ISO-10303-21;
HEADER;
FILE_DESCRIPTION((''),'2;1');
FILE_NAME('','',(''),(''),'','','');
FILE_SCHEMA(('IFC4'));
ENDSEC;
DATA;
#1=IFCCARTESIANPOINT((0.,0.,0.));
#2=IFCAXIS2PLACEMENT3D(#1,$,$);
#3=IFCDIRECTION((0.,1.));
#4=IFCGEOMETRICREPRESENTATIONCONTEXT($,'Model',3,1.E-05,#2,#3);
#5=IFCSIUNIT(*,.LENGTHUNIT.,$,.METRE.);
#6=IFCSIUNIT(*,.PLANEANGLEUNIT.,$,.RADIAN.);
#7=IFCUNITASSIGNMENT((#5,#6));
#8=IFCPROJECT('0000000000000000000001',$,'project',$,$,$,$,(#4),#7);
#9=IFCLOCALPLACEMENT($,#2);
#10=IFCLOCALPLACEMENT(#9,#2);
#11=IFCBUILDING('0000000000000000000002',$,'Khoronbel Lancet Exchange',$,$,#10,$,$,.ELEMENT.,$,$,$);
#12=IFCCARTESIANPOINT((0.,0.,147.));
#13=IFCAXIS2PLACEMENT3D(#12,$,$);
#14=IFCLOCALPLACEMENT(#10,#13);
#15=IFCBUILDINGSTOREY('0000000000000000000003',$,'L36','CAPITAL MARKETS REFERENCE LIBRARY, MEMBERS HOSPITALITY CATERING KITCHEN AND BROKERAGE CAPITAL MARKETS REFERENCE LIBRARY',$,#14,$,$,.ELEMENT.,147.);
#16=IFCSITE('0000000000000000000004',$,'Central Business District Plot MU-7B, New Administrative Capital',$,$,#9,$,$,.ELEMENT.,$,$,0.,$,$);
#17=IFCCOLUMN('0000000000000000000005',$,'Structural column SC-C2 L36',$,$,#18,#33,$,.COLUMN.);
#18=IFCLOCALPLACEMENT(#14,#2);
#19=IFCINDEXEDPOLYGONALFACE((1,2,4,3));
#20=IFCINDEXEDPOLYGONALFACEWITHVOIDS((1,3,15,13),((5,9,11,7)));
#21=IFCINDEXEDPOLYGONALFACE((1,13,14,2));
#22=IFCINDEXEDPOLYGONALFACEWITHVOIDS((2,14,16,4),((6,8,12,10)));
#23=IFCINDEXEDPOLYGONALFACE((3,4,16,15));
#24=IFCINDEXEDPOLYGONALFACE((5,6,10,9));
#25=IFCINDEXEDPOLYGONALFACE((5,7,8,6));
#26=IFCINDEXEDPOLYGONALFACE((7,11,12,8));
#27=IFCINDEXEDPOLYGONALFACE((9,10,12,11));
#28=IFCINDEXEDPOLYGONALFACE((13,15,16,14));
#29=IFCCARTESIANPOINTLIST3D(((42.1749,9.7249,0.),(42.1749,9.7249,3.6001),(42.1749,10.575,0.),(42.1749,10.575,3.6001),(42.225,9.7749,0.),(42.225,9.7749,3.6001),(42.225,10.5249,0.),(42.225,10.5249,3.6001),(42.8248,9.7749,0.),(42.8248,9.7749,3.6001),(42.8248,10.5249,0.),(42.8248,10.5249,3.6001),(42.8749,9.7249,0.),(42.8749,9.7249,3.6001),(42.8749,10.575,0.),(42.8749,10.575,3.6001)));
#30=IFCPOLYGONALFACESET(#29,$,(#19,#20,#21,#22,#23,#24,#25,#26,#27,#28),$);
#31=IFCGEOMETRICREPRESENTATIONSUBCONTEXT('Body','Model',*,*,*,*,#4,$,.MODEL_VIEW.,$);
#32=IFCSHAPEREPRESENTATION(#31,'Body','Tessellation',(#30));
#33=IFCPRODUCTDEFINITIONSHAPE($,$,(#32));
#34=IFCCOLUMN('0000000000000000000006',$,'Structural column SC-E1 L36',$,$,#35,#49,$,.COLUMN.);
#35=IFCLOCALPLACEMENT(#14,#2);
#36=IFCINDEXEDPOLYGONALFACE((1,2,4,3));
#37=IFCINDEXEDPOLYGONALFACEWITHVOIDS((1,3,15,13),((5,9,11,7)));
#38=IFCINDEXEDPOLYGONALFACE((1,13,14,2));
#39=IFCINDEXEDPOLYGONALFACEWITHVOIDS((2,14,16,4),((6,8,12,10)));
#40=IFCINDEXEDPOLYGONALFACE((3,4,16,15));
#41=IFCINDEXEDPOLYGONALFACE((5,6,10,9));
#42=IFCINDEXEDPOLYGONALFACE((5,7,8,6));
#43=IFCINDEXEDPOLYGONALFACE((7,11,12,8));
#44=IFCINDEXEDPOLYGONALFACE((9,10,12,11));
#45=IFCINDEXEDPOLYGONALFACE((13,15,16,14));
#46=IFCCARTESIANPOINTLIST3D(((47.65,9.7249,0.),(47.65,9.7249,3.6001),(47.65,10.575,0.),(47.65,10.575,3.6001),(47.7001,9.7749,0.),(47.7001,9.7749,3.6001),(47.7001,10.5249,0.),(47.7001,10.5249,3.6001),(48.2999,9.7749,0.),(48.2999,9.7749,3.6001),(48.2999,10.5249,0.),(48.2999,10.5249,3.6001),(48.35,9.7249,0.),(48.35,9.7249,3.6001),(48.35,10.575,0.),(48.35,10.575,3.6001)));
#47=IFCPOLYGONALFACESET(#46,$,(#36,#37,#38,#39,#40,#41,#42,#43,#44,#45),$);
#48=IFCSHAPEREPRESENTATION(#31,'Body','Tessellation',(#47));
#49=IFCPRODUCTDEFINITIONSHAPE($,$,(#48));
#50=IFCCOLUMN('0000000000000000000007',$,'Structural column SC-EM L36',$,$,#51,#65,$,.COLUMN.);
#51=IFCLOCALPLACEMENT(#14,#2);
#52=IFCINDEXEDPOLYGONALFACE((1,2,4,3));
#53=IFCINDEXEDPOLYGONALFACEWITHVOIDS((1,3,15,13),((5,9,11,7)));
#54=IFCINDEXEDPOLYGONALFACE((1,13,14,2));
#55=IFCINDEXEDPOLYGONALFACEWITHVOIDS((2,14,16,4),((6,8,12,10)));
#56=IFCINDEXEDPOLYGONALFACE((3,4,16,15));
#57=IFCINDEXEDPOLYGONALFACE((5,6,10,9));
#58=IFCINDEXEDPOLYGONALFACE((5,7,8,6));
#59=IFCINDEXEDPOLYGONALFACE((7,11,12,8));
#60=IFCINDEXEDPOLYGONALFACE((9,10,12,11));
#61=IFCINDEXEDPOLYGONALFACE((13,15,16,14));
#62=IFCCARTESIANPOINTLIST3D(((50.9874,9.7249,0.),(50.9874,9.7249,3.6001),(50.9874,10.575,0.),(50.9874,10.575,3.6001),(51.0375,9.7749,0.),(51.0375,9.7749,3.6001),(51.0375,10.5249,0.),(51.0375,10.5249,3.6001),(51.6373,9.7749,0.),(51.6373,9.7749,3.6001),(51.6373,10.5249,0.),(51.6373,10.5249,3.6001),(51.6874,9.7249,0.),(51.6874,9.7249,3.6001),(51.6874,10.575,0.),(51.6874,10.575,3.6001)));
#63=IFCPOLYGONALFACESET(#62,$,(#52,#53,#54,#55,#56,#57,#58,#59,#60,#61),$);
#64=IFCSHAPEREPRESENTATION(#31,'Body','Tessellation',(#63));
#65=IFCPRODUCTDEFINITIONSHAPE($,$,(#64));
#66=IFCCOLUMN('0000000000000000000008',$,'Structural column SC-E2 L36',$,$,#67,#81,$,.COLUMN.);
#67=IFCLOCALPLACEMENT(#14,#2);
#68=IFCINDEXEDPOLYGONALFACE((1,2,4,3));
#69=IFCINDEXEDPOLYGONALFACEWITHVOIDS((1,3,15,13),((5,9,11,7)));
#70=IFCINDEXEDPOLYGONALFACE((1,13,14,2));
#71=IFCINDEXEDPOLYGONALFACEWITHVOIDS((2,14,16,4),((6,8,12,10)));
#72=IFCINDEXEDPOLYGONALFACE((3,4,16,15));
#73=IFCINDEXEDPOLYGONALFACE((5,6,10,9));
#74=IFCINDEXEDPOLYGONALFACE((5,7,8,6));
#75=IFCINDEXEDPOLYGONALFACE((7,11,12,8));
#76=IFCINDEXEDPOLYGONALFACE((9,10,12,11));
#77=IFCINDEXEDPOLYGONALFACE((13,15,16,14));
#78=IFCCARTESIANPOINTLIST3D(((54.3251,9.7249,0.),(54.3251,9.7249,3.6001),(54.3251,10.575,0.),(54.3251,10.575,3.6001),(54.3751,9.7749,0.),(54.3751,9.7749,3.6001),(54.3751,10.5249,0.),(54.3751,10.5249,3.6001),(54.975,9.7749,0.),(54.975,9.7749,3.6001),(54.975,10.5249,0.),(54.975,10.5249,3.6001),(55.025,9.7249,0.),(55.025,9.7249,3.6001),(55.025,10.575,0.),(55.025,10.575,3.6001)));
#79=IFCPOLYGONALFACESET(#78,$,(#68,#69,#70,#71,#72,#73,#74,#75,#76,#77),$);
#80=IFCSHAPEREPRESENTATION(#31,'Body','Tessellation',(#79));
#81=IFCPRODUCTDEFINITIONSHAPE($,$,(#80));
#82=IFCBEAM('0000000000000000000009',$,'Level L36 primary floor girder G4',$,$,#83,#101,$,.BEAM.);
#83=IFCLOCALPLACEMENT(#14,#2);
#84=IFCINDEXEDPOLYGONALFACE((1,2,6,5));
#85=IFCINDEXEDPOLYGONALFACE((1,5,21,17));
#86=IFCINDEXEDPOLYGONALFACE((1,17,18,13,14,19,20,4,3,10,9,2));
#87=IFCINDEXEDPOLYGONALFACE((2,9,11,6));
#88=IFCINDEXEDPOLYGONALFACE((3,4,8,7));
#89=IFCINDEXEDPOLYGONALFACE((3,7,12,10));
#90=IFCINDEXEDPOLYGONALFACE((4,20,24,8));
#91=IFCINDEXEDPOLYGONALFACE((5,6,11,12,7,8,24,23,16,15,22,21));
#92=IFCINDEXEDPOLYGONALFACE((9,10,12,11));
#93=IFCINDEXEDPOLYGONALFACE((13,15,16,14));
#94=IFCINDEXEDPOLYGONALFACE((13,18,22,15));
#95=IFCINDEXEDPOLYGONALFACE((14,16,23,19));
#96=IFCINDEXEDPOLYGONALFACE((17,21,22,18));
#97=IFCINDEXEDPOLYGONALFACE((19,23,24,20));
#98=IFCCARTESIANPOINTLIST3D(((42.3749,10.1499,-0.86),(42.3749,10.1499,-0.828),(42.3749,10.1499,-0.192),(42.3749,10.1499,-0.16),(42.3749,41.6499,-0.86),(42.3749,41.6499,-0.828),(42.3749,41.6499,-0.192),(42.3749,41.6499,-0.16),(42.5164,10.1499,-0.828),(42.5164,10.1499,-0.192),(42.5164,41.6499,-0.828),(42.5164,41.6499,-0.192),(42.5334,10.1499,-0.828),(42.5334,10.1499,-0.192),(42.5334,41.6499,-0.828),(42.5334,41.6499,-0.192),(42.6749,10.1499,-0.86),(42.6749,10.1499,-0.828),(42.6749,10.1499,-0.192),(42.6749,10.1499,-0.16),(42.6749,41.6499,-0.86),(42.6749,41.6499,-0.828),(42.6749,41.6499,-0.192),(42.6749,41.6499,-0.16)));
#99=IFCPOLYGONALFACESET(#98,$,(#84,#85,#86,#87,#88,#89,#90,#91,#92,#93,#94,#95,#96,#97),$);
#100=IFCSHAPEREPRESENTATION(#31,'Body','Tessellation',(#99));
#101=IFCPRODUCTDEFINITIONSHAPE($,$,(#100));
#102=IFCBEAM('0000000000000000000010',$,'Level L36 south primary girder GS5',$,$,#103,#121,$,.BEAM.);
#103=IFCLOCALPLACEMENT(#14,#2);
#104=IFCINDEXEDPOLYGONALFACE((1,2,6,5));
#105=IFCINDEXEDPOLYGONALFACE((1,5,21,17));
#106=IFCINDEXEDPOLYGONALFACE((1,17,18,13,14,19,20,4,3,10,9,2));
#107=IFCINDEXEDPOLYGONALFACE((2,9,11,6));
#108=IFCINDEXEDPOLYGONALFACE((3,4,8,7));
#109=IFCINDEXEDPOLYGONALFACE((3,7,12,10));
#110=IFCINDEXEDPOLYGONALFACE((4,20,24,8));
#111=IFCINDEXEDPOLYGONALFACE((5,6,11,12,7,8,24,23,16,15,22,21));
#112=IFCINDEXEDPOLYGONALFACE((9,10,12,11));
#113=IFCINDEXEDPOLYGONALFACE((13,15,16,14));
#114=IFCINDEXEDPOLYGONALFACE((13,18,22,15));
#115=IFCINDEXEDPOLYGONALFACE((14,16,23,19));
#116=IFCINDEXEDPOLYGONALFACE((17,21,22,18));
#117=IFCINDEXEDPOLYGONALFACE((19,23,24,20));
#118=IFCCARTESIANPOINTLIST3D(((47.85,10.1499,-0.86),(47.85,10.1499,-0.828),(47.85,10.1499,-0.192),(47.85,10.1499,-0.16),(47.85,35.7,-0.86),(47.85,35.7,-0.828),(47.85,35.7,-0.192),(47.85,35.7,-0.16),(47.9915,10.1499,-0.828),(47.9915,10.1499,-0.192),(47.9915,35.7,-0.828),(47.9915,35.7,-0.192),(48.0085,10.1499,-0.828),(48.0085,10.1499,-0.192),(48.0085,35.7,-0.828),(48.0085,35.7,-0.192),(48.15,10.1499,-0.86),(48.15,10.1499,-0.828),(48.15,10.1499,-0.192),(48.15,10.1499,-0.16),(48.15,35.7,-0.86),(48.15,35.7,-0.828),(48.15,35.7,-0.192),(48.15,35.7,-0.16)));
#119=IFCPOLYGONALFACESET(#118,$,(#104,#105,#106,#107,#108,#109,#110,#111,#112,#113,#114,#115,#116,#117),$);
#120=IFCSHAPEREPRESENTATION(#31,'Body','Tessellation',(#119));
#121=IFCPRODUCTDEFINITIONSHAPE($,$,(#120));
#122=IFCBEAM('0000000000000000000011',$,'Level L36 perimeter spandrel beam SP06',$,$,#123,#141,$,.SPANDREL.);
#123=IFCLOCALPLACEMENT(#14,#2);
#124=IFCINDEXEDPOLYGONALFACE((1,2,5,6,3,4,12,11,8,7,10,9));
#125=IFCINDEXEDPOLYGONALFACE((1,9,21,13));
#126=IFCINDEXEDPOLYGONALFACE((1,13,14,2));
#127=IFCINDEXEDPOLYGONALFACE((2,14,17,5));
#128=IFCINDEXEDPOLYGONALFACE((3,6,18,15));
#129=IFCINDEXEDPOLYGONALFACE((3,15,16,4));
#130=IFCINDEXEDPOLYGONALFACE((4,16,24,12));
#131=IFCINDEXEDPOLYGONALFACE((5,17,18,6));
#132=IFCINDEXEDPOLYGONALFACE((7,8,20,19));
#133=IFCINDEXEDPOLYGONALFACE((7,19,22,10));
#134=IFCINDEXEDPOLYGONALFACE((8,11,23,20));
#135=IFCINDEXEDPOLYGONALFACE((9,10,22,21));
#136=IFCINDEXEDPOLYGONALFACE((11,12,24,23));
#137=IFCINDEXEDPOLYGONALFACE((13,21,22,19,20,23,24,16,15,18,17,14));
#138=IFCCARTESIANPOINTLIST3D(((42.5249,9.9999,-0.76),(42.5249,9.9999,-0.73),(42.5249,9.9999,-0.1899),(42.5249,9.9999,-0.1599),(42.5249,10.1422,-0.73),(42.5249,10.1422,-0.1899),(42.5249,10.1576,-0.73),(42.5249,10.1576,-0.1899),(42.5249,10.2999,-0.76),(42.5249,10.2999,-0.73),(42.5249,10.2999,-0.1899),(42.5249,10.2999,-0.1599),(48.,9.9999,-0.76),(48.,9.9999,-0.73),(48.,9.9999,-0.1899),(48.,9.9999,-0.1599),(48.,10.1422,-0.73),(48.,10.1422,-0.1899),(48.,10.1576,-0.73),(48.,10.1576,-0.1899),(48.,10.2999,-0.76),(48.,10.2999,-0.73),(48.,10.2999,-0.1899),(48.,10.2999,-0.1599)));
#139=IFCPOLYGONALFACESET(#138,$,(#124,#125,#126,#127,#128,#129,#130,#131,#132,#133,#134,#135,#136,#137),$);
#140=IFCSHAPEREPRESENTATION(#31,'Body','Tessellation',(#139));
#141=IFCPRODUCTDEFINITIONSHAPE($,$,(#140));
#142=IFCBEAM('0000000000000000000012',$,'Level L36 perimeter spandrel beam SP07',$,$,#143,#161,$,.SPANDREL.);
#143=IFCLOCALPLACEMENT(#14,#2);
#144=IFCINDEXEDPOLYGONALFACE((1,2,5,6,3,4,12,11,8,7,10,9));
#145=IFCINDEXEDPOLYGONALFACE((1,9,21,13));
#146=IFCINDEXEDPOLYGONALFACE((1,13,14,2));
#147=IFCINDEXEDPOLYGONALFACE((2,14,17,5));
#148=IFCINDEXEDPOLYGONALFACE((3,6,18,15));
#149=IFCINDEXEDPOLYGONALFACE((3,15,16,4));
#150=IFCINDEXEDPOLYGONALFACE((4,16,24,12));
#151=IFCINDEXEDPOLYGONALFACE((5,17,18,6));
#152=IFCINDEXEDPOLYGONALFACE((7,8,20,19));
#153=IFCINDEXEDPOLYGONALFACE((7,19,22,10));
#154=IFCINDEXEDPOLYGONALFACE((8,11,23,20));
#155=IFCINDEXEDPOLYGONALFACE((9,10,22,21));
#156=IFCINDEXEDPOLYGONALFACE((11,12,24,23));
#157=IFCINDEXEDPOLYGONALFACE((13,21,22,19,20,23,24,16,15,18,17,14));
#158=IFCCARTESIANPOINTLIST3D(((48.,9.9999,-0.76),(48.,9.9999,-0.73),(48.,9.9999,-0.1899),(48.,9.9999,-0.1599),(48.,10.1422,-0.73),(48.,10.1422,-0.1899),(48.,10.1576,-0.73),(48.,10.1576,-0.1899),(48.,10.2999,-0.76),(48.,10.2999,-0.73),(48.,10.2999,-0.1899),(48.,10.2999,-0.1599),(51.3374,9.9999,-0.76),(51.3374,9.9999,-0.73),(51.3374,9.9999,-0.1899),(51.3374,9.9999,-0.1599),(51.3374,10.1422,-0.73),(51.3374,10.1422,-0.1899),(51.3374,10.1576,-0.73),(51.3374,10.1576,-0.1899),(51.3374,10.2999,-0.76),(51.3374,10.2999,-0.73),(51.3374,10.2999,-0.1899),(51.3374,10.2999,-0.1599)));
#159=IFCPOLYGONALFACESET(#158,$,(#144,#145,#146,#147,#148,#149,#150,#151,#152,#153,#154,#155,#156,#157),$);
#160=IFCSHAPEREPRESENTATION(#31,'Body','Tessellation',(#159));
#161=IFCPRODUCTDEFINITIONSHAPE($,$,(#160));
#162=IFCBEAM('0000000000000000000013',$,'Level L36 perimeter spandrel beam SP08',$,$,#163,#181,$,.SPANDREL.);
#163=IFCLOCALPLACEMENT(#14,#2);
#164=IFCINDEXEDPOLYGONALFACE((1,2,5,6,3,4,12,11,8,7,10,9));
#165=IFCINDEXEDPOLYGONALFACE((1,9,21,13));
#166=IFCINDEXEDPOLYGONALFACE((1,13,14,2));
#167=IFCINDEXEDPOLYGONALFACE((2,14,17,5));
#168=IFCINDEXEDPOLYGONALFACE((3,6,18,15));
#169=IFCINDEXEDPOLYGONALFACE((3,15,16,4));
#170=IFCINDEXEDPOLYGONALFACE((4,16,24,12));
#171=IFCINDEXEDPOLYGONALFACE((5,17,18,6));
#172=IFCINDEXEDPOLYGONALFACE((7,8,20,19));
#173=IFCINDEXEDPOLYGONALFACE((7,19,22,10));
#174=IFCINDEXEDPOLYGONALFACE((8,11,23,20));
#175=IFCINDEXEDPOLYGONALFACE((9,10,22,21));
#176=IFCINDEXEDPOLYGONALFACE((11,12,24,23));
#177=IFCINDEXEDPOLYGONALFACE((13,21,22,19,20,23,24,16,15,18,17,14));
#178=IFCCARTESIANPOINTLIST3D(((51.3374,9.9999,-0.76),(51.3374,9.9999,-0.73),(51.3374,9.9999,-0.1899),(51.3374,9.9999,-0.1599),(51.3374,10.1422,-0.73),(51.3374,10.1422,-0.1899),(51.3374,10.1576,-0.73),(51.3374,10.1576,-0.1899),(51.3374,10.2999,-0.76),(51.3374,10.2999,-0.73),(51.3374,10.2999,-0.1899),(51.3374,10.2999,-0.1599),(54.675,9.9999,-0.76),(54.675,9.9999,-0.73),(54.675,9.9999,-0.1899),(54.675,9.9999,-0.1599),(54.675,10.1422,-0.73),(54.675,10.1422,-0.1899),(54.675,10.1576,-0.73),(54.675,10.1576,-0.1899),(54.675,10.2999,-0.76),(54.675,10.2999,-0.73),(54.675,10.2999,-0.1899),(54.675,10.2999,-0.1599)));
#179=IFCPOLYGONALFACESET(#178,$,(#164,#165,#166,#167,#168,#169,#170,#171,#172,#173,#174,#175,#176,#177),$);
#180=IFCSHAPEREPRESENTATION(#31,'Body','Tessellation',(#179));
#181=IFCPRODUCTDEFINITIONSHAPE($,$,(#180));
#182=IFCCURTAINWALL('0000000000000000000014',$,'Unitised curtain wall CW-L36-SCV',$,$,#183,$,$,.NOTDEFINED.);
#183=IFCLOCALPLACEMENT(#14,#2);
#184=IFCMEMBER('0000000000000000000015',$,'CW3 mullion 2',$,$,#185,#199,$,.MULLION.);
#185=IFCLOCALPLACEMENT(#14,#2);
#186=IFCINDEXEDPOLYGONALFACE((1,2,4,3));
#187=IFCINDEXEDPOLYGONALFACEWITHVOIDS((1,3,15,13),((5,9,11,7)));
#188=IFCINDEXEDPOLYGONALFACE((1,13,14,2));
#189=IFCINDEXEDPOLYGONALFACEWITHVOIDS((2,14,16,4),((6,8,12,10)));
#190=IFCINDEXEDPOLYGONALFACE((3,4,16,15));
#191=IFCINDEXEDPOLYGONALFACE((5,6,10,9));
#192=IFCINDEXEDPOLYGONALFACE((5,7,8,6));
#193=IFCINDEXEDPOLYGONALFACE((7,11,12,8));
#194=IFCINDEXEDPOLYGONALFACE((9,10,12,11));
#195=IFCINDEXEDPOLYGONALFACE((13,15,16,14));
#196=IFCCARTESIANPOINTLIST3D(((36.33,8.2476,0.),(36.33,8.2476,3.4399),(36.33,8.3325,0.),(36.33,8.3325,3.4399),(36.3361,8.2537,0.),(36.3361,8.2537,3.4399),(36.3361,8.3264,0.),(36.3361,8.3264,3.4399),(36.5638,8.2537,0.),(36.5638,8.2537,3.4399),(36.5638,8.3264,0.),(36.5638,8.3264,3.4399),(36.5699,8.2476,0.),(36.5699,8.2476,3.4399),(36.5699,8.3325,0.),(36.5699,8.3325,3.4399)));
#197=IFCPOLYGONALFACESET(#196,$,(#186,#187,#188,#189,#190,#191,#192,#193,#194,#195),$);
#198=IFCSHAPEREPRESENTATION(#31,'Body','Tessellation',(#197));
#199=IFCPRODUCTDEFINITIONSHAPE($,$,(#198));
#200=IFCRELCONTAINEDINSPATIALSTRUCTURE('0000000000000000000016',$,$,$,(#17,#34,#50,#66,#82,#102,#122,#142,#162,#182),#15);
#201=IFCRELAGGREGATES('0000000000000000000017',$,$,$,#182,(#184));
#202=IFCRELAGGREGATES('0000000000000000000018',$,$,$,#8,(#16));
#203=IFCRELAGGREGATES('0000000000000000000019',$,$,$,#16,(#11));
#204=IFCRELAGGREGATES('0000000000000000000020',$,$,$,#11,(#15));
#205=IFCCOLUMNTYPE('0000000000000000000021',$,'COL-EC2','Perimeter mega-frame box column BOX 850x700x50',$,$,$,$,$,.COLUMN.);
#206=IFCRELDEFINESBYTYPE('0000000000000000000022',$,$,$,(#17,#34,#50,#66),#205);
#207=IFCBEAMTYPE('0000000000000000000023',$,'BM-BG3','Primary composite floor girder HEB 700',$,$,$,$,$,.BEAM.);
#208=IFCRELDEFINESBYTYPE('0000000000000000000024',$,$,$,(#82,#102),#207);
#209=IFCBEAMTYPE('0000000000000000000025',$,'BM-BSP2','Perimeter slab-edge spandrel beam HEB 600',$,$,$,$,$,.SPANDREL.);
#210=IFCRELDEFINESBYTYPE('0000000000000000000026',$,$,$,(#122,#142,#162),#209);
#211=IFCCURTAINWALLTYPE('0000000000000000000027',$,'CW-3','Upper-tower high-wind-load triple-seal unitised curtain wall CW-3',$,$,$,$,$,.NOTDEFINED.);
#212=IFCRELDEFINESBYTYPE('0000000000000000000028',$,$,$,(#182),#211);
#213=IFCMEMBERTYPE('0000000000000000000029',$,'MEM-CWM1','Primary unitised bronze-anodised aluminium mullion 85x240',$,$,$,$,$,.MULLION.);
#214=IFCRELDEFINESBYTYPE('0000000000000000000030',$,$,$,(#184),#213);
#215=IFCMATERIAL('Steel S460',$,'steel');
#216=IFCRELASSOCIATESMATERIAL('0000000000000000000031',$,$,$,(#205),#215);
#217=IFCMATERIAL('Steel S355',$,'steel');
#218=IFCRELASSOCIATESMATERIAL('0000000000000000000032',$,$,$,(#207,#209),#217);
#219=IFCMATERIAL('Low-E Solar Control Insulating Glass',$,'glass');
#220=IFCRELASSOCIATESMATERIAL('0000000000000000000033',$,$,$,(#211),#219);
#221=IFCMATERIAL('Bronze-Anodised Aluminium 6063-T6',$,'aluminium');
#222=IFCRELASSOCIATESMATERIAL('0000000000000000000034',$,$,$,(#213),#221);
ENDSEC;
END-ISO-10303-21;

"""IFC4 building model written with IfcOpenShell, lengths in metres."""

from ifc_helpers import new_model, si_unit, direction, frame, origin, origin_2d, place, context, subcontext, project, spatial, hollow_rectangle, i_section, extrude, material, material_profile, profile_set, type_object, element, aggregate, save


model = new_model("IFC4")

# Units and contexts
model_context = context("Model", 3, precision=1e-05, world=origin(), true_north=direction((0.0, 1.0)))
body_context = subcontext(model_context, "Body", "Model", "MODEL_VIEW")
ifc_project = project(units=[si_unit("LENGTHUNIT", "METRE"), si_unit("PLANEANGLEUNIT", "RADIAN")], contexts=[model_context])

# Site, building, storey
site_placement = place(None, origin())
site = spatial("IfcSite", under=ifc_project, at=site_placement, Name="Central Business District Plot MU-7B, New Administrative Capital", CompositionType="ELEMENT", RefElevation=0.0)
building_placement = place(site_placement, origin())
building = spatial("IfcBuilding", under=site, at=building_placement, Name="Khoronbel Lancet Exchange", CompositionType="ELEMENT")
storey_placement = place(building_placement, frame((0.0, 0.0, 147.0)))
storey = spatial("IfcBuildingStorey", under=building, at=storey_placement, Name="L36", Description="CAPITAL MARKETS REFERENCE LIBRARY, MEMBERS HOSPITALITY CATERING KITCHEN AND BROKERAGE CAPITAL MARKETS REFERENCE LIBRARY", CompositionType="ELEMENT", Elevation=147.0)

# Columns
ifc_material_1 = material(Name="Steel S460", Category="steel")
ifc_material_profile_1 = material_profile(ifc_material_1, hollow_rectangle(XDim=0.7, YDim=0.8501, WallThickness=0.05, at=origin_2d()), Name="BOX 850x700x50")
ifc_profile_set_1 = profile_set([ifc_material_profile_1], Name="Steel S460")
column_type = type_object("IfcColumnType", Name="COL-EC2", Description="Perimeter mega-frame box column BOX 850x700x50", PredefinedType="COLUMN", material=ifc_profile_set_1)
for number, where, z_axis, x_axis, name in (
    (1, (42.5249, 10.1499, 0.0), (0.0, 0.0, 1.0), (1.0, 0.0, 0.0), "Structural column SC-C2 L36"),
    (2, (48.0, 10.1499, 0.0), (0.0, 0.0, 1.0), (1.0, 0.0, 0.0), "Structural column SC-E1 L36"),
    (3, (51.3374, 10.1499, 0.0), (0.0, 0.0, 1.0), (1.0, 0.0, 0.0), "Structural column SC-EM L36"),
    (4, (54.675, 10.1499, 0.0), (0.0, 0.0, 1.0), (1.0, 0.0, 0.0), "Structural column SC-E2 L36"),
):
    element("IfcColumn", number, at=place(storey_placement, frame(where, z_axis=z_axis, x_axis=x_axis)), inside=storey, type_object=column_type, Name=name, PredefinedType="COLUMN", context=body_context, shape_type="SweptSolid", body=[
        extrude(hollow_rectangle(XDim=0.7, YDim=0.8501, WallThickness=0.05, at=origin_2d()), origin(), (0.0, 0.0, 1.0), 3.6001),
    ])

# Beams
ifc_material_2 = material(Name="Steel S355", Category="steel")
ifc_material_profile_2 = material_profile(ifc_material_2, i_section(OverallWidth=0.3, OverallDepth=0.7, WebThickness=0.0171, FlangeThickness=0.032, at=origin_2d()), Name="HEB 700")
ifc_profile_set_2 = profile_set([ifc_material_profile_2], Name="Steel S355")
beam_type_1 = type_object("IfcBeamType", Name="BM-BG3", Description="Primary composite floor girder HEB 700", PredefinedType="BEAM", material=ifc_profile_set_2)
beam_1_placement = place(storey_placement, frame((42.5249, 10.1499, -0.51), z_axis=(0.0, 1.0, 0.0), x_axis=(-1.0, 0.0, 0.0)))
element("IfcBeam", 5, at=beam_1_placement, inside=storey, type_object=beam_type_1, Name="Level L36 primary floor girder G4", PredefinedType="BEAM", context=body_context, shape_type="SweptSolid", body=[
    extrude(i_section(OverallWidth=0.3, OverallDepth=0.7, WebThickness=0.0171, FlangeThickness=0.032, at=origin_2d()), origin(), (0.0, 0.0, 1.0), 31.5),
])
beam_2_placement = place(storey_placement, frame((48.0, 10.1499, -0.51), z_axis=(0.0, 1.0, 0.0), x_axis=(-1.0, 0.0, 0.0)))
element("IfcBeam", 6, at=beam_2_placement, inside=storey, type_object=beam_type_1, Name="Level L36 south primary girder GS5", PredefinedType="BEAM", context=body_context, shape_type="SweptSolid", body=[
    extrude(i_section(OverallWidth=0.3, OverallDepth=0.7, WebThickness=0.0171, FlangeThickness=0.032, at=origin_2d()), origin(), (0.0, 0.0, 1.0), 25.55),
])
ifc_material_profile_3 = material_profile(ifc_material_2, i_section(OverallWidth=0.3, OverallDepth=0.6001, WebThickness=0.0154, FlangeThickness=0.03, at=origin_2d()), Name="HEB 600")
ifc_profile_set_3 = profile_set([ifc_material_profile_3], Name="Steel S355")
beam_type_2 = type_object("IfcBeamType", Name="BM-BSP2", Description="Perimeter slab-edge spandrel beam HEB 600", PredefinedType="SPANDREL", material=ifc_profile_set_3)
beam_3_placement = place(storey_placement, frame((42.5249, 10.1499, -0.46), z_axis=(1.0, 0.0, 0.0), x_axis=(0.0, 1.0, 0.0)))
element("IfcBeam", 7, at=beam_3_placement, inside=storey, type_object=beam_type_2, Name="Level L36 perimeter spandrel beam SP06", PredefinedType="SPANDREL", context=body_context, shape_type="SweptSolid", body=[
    extrude(i_section(OverallWidth=0.3, OverallDepth=0.6001, WebThickness=0.0154, FlangeThickness=0.03, at=origin_2d()), origin(), (0.0, 0.0, 1.0), 5.4751),
])
beam_4_placement = place(storey_placement, frame((48.0, 10.1499, -0.46), z_axis=(1.0, 0.0, 0.0), x_axis=(0.0, 1.0, 0.0)))
element("IfcBeam", 8, at=beam_4_placement, inside=storey, type_object=beam_type_2, Name="Level L36 perimeter spandrel beam SP07", PredefinedType="SPANDREL", context=body_context, shape_type="SweptSolid", body=[
    extrude(i_section(OverallWidth=0.3, OverallDepth=0.6001, WebThickness=0.0154, FlangeThickness=0.03, at=origin_2d()), origin(), (0.0, 0.0, 1.0), 3.3374),
])
beam_5_placement = place(storey_placement, frame((51.3374, 10.1499, -0.46), z_axis=(1.0, 0.0, 0.0), x_axis=(0.0, 1.0, 0.0)))
element("IfcBeam", 9, at=beam_5_placement, inside=storey, type_object=beam_type_2, Name="Level L36 perimeter spandrel beam SP08", PredefinedType="SPANDREL", context=body_context, shape_type="SweptSolid", body=[
    extrude(i_section(OverallWidth=0.3, OverallDepth=0.6001, WebThickness=0.0154, FlangeThickness=0.03, at=origin_2d()), origin(), (0.0, 0.0, 1.0), 3.3376),
])

# Curtain wall, member
ifc_material_3 = material(Name="Low-E Solar Control Insulating Glass", Category="glass")
curtain_wall_type = type_object("IfcCurtainWallType", Name="CW-3", Description="Upper-tower high-wind-load triple-seal unitised curtain wall CW-3", PredefinedType="NOTDEFINED", material=ifc_material_3)
curtain_wall_1_placement = place(storey_placement, origin())
curtain_wall_1 = element("IfcCurtainWall", 10, at=curtain_wall_1_placement, inside=storey, type_object=curtain_wall_type, Name="Unitised curtain wall CW-L36-SCV", PredefinedType="NOTDEFINED")
ifc_material_4 = material(Name="Bronze-Anodised Aluminium 6063-T6", Category="aluminium")
ifc_material_profile_4 = material_profile(ifc_material_4, hollow_rectangle(XDim=0.085, YDim=0.24, WallThickness=0.0061, at=origin_2d()), Name="ALU MULLION 85x240")
ifc_profile_set_4 = profile_set([ifc_material_profile_4], Name="Bronze-Anodised Aluminium 6063-T6")
member_type_1 = type_object("IfcMemberType", Name="MEM-CWM1", Description="Primary unitised bronze-anodised aluminium mullion 85x240", PredefinedType="MULLION", material=ifc_profile_set_4)
member_1_placement = place(storey_placement, frame((36.45, 8.29, 0.0), z_axis=(0.0, 0.0, 1.0), x_axis=(0.0, 1.0, 0.0)))
member_1 = element("IfcMember", 11, at=member_1_placement, type_object=member_type_1, Name="CW3 mullion 2", PredefinedType="MULLION", context=body_context, shape_type="SweptSolid", body=[
    extrude(hollow_rectangle(XDim=0.085, YDim=0.24, WallThickness=0.0061, at=origin_2d()), origin(), (0.0, 0.0, 1.0), 3.4399),
])

aggregate(curtain_wall_1, [member_1])

save(model, "model.ifc")
